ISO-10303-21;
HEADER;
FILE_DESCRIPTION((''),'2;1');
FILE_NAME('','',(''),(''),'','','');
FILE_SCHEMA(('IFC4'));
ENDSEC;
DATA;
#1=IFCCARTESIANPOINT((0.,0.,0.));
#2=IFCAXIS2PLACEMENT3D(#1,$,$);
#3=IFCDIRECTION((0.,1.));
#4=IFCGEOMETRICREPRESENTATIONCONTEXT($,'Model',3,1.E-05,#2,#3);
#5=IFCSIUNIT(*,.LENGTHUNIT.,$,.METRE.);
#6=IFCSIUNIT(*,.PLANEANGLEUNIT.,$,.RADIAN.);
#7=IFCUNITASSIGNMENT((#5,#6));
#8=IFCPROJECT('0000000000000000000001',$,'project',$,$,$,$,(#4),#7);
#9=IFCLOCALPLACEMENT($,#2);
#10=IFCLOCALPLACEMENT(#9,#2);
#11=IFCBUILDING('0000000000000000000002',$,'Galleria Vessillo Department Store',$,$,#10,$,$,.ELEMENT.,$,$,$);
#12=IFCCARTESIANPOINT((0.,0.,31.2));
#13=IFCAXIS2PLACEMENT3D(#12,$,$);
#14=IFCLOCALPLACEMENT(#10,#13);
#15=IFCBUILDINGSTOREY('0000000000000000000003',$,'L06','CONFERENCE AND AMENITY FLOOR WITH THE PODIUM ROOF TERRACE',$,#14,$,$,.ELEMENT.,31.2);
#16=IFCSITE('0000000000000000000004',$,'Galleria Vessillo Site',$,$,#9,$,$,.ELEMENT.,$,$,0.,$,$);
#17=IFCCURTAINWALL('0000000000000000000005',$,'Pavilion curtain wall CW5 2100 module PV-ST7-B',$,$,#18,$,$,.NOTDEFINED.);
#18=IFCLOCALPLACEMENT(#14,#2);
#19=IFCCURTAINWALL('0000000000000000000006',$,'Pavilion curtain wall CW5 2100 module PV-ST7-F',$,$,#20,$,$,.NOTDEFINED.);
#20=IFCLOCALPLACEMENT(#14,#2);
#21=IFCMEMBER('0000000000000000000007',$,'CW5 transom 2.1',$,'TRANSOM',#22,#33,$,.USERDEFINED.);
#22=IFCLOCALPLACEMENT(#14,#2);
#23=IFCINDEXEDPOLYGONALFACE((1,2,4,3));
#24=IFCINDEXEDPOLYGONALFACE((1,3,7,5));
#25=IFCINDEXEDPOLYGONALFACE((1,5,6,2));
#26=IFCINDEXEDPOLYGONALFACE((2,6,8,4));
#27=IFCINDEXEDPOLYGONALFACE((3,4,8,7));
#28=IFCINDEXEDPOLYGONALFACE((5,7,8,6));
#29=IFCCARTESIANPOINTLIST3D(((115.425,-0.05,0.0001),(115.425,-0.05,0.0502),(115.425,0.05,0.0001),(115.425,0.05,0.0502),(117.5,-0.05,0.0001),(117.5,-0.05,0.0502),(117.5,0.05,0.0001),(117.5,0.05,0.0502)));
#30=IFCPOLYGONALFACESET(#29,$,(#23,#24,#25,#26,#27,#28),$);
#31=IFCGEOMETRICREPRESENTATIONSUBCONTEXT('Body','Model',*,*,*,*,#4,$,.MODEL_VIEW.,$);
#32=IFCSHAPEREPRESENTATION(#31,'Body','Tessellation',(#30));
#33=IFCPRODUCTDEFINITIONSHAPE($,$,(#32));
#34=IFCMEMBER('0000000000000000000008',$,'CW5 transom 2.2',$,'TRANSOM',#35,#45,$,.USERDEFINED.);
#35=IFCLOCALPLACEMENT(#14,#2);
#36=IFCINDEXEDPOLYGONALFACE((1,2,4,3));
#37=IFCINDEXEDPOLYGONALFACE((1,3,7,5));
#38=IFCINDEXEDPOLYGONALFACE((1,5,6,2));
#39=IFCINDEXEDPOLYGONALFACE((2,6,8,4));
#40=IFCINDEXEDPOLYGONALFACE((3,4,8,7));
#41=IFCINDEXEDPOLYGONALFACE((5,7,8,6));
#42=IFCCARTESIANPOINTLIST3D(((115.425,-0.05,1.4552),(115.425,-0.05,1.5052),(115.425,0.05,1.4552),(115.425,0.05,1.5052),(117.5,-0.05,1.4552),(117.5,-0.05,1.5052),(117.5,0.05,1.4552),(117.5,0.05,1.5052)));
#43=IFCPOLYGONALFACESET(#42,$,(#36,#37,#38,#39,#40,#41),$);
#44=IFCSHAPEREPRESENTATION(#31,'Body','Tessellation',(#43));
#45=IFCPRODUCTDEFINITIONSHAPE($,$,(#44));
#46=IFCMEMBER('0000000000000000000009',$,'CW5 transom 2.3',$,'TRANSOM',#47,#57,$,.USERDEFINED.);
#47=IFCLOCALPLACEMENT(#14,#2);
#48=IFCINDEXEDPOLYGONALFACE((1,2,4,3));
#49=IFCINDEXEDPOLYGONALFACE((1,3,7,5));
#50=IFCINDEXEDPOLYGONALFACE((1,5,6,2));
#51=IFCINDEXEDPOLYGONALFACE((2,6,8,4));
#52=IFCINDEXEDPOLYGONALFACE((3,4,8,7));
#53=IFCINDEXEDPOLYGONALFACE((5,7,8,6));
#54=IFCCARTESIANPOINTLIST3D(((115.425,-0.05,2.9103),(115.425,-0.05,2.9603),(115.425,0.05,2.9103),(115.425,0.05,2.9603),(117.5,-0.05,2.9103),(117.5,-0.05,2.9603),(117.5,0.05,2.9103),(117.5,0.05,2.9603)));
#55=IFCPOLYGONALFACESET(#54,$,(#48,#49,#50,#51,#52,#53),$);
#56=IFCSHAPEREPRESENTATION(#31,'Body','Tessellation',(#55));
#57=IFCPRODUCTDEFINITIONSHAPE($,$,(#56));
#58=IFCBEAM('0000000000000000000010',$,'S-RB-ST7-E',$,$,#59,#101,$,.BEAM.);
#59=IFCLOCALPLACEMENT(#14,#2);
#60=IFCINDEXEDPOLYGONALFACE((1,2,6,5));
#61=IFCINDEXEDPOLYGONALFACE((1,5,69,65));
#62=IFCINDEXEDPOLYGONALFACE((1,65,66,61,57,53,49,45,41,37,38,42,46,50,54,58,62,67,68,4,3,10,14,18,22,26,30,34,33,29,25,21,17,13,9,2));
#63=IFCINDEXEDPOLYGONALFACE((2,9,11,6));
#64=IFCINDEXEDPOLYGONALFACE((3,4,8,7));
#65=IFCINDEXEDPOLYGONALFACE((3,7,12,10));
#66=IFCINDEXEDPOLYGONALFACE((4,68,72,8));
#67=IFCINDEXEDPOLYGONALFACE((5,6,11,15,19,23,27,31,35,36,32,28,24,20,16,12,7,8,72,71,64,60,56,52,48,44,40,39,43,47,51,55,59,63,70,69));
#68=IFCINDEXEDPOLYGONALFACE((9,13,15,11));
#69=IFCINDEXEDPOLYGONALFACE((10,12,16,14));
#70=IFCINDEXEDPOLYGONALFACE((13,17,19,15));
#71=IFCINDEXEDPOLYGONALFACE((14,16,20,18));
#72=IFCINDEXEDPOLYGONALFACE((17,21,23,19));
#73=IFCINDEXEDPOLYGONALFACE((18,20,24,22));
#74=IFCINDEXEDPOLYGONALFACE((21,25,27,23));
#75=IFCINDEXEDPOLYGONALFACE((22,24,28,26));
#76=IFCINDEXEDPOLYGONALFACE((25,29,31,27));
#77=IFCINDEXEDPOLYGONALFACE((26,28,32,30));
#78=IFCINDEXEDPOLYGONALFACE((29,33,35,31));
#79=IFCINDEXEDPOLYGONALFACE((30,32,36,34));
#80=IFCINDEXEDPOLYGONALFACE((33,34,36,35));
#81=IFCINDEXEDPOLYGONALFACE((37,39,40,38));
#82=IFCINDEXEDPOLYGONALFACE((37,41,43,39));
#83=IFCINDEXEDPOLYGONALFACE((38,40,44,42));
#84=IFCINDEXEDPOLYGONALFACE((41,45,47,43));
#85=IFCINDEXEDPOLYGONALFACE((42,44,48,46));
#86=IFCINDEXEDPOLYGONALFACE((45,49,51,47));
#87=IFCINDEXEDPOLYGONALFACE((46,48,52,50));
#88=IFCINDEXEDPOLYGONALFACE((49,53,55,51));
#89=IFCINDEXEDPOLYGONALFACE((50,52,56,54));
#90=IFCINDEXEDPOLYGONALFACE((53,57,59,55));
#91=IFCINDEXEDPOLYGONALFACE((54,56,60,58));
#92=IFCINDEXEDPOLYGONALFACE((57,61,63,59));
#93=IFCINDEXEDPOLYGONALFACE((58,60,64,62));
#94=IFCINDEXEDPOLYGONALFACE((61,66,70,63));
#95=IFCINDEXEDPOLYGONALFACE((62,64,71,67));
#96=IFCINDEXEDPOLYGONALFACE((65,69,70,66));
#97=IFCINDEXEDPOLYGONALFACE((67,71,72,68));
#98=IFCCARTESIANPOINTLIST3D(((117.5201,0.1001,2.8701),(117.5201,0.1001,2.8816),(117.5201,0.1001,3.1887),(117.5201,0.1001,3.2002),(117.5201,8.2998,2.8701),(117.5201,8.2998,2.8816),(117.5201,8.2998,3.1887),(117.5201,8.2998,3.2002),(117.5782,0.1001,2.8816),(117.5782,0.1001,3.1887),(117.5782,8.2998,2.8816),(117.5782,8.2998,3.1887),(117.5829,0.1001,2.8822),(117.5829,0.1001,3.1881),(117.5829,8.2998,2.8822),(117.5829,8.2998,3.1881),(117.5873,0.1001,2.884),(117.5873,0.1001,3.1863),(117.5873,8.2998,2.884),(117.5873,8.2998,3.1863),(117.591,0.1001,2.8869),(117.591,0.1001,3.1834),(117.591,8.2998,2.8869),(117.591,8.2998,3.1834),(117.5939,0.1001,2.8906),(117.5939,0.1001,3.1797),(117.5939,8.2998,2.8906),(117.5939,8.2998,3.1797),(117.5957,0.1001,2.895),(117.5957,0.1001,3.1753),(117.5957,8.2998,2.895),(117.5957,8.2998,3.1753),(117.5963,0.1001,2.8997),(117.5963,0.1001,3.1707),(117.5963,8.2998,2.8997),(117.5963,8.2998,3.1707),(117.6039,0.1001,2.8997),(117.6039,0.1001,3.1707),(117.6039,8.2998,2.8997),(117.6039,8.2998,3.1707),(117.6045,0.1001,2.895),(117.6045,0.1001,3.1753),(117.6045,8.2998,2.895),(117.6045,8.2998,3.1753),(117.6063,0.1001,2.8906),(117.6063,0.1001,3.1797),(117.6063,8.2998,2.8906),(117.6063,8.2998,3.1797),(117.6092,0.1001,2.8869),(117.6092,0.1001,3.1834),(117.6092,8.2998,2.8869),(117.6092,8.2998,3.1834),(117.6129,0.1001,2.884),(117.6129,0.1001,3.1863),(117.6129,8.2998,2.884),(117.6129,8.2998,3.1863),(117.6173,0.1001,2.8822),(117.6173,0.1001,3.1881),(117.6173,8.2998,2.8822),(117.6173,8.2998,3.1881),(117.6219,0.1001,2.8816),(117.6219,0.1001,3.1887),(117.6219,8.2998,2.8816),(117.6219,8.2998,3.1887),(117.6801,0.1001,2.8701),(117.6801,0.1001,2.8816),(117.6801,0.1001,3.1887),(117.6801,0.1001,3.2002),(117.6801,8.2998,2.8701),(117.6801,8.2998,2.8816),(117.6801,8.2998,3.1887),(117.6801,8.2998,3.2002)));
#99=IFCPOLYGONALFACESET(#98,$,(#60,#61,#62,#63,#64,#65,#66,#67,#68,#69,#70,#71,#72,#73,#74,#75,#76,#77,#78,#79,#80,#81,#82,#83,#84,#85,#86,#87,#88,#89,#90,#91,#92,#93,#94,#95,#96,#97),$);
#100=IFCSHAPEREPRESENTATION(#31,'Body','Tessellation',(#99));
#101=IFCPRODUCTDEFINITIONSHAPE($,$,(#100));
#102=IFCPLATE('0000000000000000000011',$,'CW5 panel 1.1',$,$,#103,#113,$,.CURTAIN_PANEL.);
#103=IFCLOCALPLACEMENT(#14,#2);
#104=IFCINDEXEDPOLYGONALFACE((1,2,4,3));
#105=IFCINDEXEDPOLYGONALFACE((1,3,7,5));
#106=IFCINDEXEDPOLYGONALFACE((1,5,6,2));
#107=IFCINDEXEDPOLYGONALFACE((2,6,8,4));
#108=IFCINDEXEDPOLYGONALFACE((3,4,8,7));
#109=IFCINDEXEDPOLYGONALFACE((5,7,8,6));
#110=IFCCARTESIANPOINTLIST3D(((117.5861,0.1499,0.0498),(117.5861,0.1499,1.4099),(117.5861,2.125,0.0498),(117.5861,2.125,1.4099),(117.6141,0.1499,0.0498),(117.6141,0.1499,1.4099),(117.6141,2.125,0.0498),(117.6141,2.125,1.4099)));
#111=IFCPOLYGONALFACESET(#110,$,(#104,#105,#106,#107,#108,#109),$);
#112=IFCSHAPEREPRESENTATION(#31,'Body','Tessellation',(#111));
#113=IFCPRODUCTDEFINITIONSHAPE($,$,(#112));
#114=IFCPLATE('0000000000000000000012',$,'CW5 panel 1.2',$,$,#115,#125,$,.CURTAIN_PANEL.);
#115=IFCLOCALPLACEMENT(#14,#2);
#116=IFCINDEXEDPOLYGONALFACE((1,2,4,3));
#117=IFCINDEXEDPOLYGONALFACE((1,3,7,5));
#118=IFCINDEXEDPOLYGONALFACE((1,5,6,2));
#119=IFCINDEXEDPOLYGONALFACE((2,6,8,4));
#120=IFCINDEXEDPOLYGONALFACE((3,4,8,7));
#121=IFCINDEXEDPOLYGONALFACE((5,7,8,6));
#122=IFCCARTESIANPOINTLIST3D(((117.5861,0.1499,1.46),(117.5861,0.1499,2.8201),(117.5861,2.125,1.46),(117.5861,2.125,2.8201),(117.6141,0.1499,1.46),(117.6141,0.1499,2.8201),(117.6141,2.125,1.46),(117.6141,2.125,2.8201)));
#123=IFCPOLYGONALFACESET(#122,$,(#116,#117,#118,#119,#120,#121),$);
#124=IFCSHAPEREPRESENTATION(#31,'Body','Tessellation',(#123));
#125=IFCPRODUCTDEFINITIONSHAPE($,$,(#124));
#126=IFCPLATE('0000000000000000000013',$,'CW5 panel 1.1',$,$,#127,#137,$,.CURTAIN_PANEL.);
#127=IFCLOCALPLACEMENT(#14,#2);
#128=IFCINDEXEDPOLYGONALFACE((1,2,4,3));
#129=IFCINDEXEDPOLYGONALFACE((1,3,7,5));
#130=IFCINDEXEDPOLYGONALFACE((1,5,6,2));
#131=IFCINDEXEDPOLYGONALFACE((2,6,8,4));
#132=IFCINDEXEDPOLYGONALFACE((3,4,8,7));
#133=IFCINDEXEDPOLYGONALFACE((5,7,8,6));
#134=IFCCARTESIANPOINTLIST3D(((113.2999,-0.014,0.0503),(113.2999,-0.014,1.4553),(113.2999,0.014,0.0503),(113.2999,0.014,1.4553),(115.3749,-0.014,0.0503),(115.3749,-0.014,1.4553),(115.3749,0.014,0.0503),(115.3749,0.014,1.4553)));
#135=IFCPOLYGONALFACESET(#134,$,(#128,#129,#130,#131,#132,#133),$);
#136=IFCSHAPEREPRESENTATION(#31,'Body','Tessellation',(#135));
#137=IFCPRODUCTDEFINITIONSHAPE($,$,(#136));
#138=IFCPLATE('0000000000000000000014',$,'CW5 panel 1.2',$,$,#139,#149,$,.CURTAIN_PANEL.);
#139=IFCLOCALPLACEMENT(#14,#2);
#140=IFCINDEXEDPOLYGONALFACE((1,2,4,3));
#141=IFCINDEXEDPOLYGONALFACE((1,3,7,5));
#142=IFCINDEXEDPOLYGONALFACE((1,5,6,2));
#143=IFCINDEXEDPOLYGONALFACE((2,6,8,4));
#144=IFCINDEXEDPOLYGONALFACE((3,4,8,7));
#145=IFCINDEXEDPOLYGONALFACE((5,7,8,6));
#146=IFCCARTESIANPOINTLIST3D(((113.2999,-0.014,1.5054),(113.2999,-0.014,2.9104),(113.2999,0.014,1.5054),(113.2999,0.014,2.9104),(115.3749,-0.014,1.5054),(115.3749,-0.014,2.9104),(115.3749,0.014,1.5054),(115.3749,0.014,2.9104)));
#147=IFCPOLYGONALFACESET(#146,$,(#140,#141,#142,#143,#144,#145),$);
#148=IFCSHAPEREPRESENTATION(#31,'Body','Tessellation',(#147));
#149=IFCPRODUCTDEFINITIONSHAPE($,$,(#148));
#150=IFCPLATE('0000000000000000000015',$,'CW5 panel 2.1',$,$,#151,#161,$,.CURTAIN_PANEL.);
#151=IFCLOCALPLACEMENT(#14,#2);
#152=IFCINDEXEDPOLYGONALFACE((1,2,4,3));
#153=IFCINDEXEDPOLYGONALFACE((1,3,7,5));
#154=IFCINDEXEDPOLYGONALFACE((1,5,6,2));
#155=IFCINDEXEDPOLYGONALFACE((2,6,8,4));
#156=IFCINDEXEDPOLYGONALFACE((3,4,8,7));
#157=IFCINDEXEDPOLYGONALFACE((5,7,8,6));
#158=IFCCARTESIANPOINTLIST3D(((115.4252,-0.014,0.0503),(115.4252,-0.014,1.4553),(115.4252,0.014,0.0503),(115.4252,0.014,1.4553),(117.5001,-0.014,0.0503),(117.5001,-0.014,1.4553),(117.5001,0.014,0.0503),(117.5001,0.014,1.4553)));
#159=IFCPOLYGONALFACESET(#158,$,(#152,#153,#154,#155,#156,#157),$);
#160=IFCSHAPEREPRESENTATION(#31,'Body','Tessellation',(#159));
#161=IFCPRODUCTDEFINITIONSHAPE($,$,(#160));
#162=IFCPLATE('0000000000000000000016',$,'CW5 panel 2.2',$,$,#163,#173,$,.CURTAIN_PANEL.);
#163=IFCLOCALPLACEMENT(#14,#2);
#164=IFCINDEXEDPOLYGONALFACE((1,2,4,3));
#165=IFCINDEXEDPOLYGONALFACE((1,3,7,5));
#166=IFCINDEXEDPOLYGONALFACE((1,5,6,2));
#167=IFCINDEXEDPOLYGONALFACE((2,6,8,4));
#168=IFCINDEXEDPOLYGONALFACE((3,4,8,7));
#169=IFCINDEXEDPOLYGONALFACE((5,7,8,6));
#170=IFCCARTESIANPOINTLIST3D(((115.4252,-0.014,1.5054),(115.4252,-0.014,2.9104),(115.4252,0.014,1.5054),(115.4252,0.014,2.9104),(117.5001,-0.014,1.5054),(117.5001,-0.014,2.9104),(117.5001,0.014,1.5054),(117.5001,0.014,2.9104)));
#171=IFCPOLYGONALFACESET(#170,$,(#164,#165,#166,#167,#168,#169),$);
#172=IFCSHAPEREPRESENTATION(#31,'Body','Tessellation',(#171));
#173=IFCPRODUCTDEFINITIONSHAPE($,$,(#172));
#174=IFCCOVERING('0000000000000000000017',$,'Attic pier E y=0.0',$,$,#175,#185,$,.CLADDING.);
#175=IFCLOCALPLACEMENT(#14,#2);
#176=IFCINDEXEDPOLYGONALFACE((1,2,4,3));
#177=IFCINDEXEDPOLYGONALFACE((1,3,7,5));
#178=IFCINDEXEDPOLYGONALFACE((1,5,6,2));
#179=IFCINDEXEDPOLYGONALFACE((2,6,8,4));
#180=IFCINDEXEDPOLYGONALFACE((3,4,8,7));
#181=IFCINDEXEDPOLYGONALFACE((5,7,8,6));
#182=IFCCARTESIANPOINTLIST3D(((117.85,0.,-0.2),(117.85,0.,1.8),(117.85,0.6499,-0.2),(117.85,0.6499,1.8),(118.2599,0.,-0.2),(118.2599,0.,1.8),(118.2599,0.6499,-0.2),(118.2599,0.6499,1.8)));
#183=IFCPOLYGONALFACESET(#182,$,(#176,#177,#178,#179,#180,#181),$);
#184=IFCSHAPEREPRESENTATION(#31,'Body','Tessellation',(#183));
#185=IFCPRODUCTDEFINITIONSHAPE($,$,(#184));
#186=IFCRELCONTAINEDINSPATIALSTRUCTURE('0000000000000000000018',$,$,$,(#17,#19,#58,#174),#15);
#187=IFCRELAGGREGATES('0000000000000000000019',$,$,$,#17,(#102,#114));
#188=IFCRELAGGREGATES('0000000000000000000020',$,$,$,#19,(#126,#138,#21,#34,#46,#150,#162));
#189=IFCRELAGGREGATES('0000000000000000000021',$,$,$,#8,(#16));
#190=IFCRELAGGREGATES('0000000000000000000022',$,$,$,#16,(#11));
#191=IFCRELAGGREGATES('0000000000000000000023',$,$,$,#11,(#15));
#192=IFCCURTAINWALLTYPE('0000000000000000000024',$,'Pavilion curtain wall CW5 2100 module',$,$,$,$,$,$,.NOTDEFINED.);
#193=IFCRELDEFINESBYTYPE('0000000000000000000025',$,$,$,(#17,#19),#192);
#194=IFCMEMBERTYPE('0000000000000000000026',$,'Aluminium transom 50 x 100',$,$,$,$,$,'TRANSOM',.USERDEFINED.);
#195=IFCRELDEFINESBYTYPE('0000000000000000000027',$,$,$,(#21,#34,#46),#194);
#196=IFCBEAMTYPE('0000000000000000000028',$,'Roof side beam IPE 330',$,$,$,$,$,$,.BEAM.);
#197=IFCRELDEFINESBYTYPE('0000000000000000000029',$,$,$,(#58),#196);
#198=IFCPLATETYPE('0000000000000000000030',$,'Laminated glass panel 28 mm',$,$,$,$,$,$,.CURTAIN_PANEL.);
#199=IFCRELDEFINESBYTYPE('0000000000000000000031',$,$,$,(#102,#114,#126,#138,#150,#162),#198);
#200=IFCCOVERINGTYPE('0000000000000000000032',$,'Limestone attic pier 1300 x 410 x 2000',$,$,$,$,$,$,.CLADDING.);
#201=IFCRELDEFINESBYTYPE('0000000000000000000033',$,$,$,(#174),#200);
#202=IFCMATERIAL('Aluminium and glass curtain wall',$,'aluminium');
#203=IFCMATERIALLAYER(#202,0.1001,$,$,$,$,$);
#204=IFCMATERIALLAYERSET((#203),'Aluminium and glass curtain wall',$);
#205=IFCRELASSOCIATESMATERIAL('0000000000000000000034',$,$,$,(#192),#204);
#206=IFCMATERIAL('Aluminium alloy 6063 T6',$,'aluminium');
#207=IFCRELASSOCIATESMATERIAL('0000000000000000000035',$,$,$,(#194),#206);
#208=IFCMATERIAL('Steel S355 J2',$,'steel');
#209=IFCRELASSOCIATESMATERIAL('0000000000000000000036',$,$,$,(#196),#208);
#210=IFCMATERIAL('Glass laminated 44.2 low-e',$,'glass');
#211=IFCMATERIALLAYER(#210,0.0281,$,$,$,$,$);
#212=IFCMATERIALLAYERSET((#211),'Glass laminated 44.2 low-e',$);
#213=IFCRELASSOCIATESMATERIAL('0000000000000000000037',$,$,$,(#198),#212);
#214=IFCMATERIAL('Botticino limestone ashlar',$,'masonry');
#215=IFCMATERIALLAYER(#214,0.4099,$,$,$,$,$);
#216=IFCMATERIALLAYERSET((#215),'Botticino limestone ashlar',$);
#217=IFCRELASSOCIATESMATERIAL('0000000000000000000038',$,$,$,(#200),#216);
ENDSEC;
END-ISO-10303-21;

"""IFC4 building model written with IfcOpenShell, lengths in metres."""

from ifc_helpers import new_model, si_unit, direction, frame, origin, origin_2d, place, context, subcontext, project, spatial, rectangle, i_section, extrude, material, layer, layer_set, material_profile, profile_set, type_object, element, aggregate, save


model = new_model("IFC4")

# Units and contexts
model_context = context("Model", 3, precision=1e-05, world=origin(), true_north=direction((0.0, 1.0)))
body_context = subcontext(model_context, "Body", "Model", "MODEL_VIEW")
ifc_project = project(units=[si_unit("LENGTHUNIT", "METRE"), si_unit("PLANEANGLEUNIT", "RADIAN")], contexts=[model_context])

# Site, building, storey
site_placement = place(None, origin())
site = spatial("IfcSite", under=ifc_project, at=site_placement, Name="Galleria Vessillo Site", CompositionType="ELEMENT", RefElevation=0.0)
building_placement = place(site_placement, origin())
building = spatial("IfcBuilding", under=site, at=building_placement, Name="Galleria Vessillo Department Store", CompositionType="ELEMENT")
storey_placement = place(building_placement, frame((0.0, 0.0, 31.2)))
storey = spatial("IfcBuildingStorey", under=building, at=storey_placement, Name="L06", Description="CONFERENCE AND AMENITY FLOOR WITH THE PODIUM ROOF TERRACE", CompositionType="ELEMENT", Elevation=31.2)

# Curtain walls
ifc_material_1 = material(Name="Aluminium and glass curtain wall", Category="aluminium")
ifc_layer_1 = layer(ifc_material_1, 0.1001)
ifc_layer_set_1 = layer_set([ifc_layer_1], Name="Aluminium and glass curtain wall")
curtain_wall_type = type_object("IfcCurtainWallType", Name="Pavilion curtain wall CW5 2100 module", PredefinedType="NOTDEFINED", material=ifc_layer_set_1)
curtain_wall_1_placement = place(storey_placement, origin())
curtain_wall_1 = element("IfcCurtainWall", 1, at=curtain_wall_1_placement, inside=storey, type_object=curtain_wall_type, Name="Pavilion curtain wall CW5 2100 module PV-ST7-B", PredefinedType="NOTDEFINED")
curtain_wall_2_placement = place(storey_placement, origin())
curtain_wall_2 = element("IfcCurtainWall", 2, at=curtain_wall_2_placement, inside=storey, type_object=curtain_wall_type, Name="Pavilion curtain wall CW5 2100 module PV-ST7-F", PredefinedType="NOTDEFINED")

# Members
ifc_material_2 = material(Name="Aluminium alloy 6063 T6", Category="aluminium")
ifc_material_profile_1 = material_profile(ifc_material_2, rectangle(XDim=0.1001, YDim=0.05, at=origin_2d()), Name="AL 50x100")
ifc_profile_set_1 = profile_set([ifc_material_profile_1], Name="Aluminium alloy 6063 T6")
member_type_1 = type_object("IfcMemberType", Name="Aluminium transom 50 x 100", ElementType="TRANSOM", PredefinedType="USERDEFINED", material=ifc_profile_set_1)
member_1_placement = place(storey_placement, frame((115.425, 0.0, 0.0251), z_axis=(1.0, 0.0, 0.0), x_axis=(0.0, 1.0, 0.0)))
member_1 = element("IfcMember", 3, at=member_1_placement, type_object=member_type_1, Name="CW5 transom 2.1", ObjectType="TRANSOM", PredefinedType="USERDEFINED", context=body_context, shape_type="SweptSolid", body=[
    extrude(rectangle(XDim=0.1001, YDim=0.05, at=origin_2d()), origin(), (0.0, 0.0, 1.0), 2.075),
])
member_2_placement = place(storey_placement, frame((115.425, 0.0, 1.4802), z_axis=(1.0, 0.0, 0.0), x_axis=(0.0, 1.0, 0.0)))
member_2 = element("IfcMember", 4, at=member_2_placement, type_object=member_type_1, Name="CW5 transom 2.2", ObjectType="TRANSOM", PredefinedType="USERDEFINED", context=body_context, shape_type="SweptSolid", body=[
    extrude(rectangle(XDim=0.1001, YDim=0.05, at=origin_2d()), origin(), (0.0, 0.0, 1.0), 2.075),
])
member_3_placement = place(storey_placement, frame((115.425, 0.0, 2.9353), z_axis=(1.0, 0.0, 0.0), x_axis=(0.0, 1.0, 0.0)))
member_3 = element("IfcMember", 5, at=member_3_placement, type_object=member_type_1, Name="CW5 transom 2.3", ObjectType="TRANSOM", PredefinedType="USERDEFINED", context=body_context, shape_type="SweptSolid", body=[
    extrude(rectangle(XDim=0.1001, YDim=0.05, at=origin_2d()), origin(), (0.0, 0.0, 1.0), 2.075),
])

# Beam
ifc_material_3 = material(Name="Steel S355 J2", Category="steel")
ifc_material_profile_2 = material_profile(ifc_material_3, i_section(OverallWidth=0.1599, OverallDepth=0.3301, WebThickness=0.0076, FlangeThickness=0.0115, FilletRadius=0.0181, at=origin_2d()), Name="IPE 330")
ifc_profile_set_2 = profile_set([ifc_material_profile_2], Name="Steel S355 J2")
beam_type = type_object("IfcBeamType", Name="Roof side beam IPE 330", PredefinedType="BEAM", material=ifc_profile_set_2)
beam_placement = place(storey_placement, frame((117.6001, 0.1001, 3.0352), z_axis=(0.0, 1.0, 0.0), x_axis=(-1.0, 0.0, 0.0)))
element("IfcBeam", 6, at=beam_placement, inside=storey, type_object=beam_type, Name="S-RB-ST7-E", PredefinedType="BEAM", context=body_context, shape_type="SweptSolid", body=[
    extrude(i_section(OverallWidth=0.1599, OverallDepth=0.3301, WebThickness=0.0076, FlangeThickness=0.0115, FilletRadius=0.0181, at=origin_2d()), origin(), (0.0, 0.0, 1.0), 8.1997),
])

# Plates
ifc_material_4 = material(Name="Glass laminated 44.2 low-e", Category="glass")
ifc_layer_2 = layer(ifc_material_4, 0.0281)
ifc_layer_set_2 = layer_set([ifc_layer_2], Name="Glass laminated 44.2 low-e")
plate_type = type_object("IfcPlateType", Name="Laminated glass panel 28 mm", PredefinedType="CURTAIN_PANEL", material=ifc_layer_set_2)
plate_1_placement = place(storey_placement, frame((117.6001, 1.1375, 0.0498), z_axis=(0.0, 0.0, 1.0), x_axis=(0.0, 1.0, 0.0)))
plate_1 = element("IfcPlate", 7, at=plate_1_placement, type_object=plate_type, Name="CW5 panel 1.1", PredefinedType="CURTAIN_PANEL", context=body_context, shape_type="SweptSolid", body=[
    extrude(rectangle(XDim=1.9751, YDim=0.0281, at=origin_2d()), origin(), (0.0, 0.0, 1.0), 1.3601),
])
plate_2_placement = place(storey_placement, frame((117.6001, 1.1375, 1.46), z_axis=(0.0, 0.0, 1.0), x_axis=(0.0, 1.0, 0.0)))
plate_2 = element("IfcPlate", 8, at=plate_2_placement, type_object=plate_type, Name="CW5 panel 1.2", PredefinedType="CURTAIN_PANEL", context=body_context, shape_type="SweptSolid", body=[
    extrude(rectangle(XDim=1.9751, YDim=0.0281, at=origin_2d()), origin(), (0.0, 0.0, 1.0), 1.3601),
])
aggregate(curtain_wall_1, [plate_1, plate_2])
plate_3_placement = place(storey_placement, frame((114.3374, 0.0, 0.0503), z_axis=(0.0, 0.0, 1.0), x_axis=(1.0, 0.0, 0.0)))
plate_3 = element("IfcPlate", 9, at=plate_3_placement, type_object=plate_type, Name="CW5 panel 1.1", PredefinedType="CURTAIN_PANEL", context=body_context, shape_type="SweptSolid", body=[
    extrude(rectangle(XDim=2.075, YDim=0.0281, at=origin_2d()), origin(), (0.0, 0.0, 1.0), 1.405),
])
plate_4_placement = place(storey_placement, frame((114.3374, 0.0, 1.5054), z_axis=(0.0, 0.0, 1.0), x_axis=(1.0, 0.0, 0.0)))
plate_4 = element("IfcPlate", 10, at=plate_4_placement, type_object=plate_type, Name="CW5 panel 1.2", PredefinedType="CURTAIN_PANEL", context=body_context, shape_type="SweptSolid", body=[
    extrude(rectangle(XDim=2.075, YDim=0.0281, at=origin_2d()), origin(), (0.0, 0.0, 1.0), 1.405),
])
plate_5_placement = place(storey_placement, frame((116.4626, 0.0, 0.0503), z_axis=(0.0, 0.0, 1.0), x_axis=(1.0, 0.0, 0.0)))
plate_5 = element("IfcPlate", 11, at=plate_5_placement, type_object=plate_type, Name="CW5 panel 2.1", PredefinedType="CURTAIN_PANEL", context=body_context, shape_type="SweptSolid", body=[
    extrude(rectangle(XDim=2.075, YDim=0.0281, at=origin_2d()), origin(), (0.0, 0.0, 1.0), 1.405),
])
plate_6_placement = place(storey_placement, frame((116.4626, 0.0, 1.5054), z_axis=(0.0, 0.0, 1.0), x_axis=(1.0, 0.0, 0.0)))
plate_6 = element("IfcPlate", 12, at=plate_6_placement, type_object=plate_type, Name="CW5 panel 2.2", PredefinedType="CURTAIN_PANEL", context=body_context, shape_type="SweptSolid", body=[
    extrude(rectangle(XDim=2.075, YDim=0.0281, at=origin_2d()), origin(), (0.0, 0.0, 1.0), 1.405),
])
aggregate(curtain_wall_2, [plate_3, plate_4, member_1, member_2, member_3, plate_5, plate_6])

# Covering
ifc_material_5 = material(Name="Botticino limestone ashlar", Category="masonry")
ifc_layer_3 = layer(ifc_material_5, 0.4099)
ifc_layer_set_3 = layer_set([ifc_layer_3], Name="Botticino limestone ashlar")
covering_type_1 = type_object("IfcCoveringType", Name="Limestone attic pier 1300 x 410 x 2000", PredefinedType="CLADDING", material=ifc_layer_set_3)
covering_1_placement = place(storey_placement, frame((118.0549, 0.325, -0.2), z_axis=(0.0, 0.0, 1.0), x_axis=(1.0, 0.0, 0.0)))
element("IfcCovering", 13, at=covering_1_placement, inside=storey, type_object=covering_type_1, Name="Attic pier E y=0.0", PredefinedType="CLADDING", context=body_context, shape_type="SweptSolid", body=[
    extrude(rectangle(XDim=0.4099, YDim=0.6499, at=origin_2d()), origin(), (0.0, 0.0, 1.0), 2.0),
])

save(model, "model.ifc")
